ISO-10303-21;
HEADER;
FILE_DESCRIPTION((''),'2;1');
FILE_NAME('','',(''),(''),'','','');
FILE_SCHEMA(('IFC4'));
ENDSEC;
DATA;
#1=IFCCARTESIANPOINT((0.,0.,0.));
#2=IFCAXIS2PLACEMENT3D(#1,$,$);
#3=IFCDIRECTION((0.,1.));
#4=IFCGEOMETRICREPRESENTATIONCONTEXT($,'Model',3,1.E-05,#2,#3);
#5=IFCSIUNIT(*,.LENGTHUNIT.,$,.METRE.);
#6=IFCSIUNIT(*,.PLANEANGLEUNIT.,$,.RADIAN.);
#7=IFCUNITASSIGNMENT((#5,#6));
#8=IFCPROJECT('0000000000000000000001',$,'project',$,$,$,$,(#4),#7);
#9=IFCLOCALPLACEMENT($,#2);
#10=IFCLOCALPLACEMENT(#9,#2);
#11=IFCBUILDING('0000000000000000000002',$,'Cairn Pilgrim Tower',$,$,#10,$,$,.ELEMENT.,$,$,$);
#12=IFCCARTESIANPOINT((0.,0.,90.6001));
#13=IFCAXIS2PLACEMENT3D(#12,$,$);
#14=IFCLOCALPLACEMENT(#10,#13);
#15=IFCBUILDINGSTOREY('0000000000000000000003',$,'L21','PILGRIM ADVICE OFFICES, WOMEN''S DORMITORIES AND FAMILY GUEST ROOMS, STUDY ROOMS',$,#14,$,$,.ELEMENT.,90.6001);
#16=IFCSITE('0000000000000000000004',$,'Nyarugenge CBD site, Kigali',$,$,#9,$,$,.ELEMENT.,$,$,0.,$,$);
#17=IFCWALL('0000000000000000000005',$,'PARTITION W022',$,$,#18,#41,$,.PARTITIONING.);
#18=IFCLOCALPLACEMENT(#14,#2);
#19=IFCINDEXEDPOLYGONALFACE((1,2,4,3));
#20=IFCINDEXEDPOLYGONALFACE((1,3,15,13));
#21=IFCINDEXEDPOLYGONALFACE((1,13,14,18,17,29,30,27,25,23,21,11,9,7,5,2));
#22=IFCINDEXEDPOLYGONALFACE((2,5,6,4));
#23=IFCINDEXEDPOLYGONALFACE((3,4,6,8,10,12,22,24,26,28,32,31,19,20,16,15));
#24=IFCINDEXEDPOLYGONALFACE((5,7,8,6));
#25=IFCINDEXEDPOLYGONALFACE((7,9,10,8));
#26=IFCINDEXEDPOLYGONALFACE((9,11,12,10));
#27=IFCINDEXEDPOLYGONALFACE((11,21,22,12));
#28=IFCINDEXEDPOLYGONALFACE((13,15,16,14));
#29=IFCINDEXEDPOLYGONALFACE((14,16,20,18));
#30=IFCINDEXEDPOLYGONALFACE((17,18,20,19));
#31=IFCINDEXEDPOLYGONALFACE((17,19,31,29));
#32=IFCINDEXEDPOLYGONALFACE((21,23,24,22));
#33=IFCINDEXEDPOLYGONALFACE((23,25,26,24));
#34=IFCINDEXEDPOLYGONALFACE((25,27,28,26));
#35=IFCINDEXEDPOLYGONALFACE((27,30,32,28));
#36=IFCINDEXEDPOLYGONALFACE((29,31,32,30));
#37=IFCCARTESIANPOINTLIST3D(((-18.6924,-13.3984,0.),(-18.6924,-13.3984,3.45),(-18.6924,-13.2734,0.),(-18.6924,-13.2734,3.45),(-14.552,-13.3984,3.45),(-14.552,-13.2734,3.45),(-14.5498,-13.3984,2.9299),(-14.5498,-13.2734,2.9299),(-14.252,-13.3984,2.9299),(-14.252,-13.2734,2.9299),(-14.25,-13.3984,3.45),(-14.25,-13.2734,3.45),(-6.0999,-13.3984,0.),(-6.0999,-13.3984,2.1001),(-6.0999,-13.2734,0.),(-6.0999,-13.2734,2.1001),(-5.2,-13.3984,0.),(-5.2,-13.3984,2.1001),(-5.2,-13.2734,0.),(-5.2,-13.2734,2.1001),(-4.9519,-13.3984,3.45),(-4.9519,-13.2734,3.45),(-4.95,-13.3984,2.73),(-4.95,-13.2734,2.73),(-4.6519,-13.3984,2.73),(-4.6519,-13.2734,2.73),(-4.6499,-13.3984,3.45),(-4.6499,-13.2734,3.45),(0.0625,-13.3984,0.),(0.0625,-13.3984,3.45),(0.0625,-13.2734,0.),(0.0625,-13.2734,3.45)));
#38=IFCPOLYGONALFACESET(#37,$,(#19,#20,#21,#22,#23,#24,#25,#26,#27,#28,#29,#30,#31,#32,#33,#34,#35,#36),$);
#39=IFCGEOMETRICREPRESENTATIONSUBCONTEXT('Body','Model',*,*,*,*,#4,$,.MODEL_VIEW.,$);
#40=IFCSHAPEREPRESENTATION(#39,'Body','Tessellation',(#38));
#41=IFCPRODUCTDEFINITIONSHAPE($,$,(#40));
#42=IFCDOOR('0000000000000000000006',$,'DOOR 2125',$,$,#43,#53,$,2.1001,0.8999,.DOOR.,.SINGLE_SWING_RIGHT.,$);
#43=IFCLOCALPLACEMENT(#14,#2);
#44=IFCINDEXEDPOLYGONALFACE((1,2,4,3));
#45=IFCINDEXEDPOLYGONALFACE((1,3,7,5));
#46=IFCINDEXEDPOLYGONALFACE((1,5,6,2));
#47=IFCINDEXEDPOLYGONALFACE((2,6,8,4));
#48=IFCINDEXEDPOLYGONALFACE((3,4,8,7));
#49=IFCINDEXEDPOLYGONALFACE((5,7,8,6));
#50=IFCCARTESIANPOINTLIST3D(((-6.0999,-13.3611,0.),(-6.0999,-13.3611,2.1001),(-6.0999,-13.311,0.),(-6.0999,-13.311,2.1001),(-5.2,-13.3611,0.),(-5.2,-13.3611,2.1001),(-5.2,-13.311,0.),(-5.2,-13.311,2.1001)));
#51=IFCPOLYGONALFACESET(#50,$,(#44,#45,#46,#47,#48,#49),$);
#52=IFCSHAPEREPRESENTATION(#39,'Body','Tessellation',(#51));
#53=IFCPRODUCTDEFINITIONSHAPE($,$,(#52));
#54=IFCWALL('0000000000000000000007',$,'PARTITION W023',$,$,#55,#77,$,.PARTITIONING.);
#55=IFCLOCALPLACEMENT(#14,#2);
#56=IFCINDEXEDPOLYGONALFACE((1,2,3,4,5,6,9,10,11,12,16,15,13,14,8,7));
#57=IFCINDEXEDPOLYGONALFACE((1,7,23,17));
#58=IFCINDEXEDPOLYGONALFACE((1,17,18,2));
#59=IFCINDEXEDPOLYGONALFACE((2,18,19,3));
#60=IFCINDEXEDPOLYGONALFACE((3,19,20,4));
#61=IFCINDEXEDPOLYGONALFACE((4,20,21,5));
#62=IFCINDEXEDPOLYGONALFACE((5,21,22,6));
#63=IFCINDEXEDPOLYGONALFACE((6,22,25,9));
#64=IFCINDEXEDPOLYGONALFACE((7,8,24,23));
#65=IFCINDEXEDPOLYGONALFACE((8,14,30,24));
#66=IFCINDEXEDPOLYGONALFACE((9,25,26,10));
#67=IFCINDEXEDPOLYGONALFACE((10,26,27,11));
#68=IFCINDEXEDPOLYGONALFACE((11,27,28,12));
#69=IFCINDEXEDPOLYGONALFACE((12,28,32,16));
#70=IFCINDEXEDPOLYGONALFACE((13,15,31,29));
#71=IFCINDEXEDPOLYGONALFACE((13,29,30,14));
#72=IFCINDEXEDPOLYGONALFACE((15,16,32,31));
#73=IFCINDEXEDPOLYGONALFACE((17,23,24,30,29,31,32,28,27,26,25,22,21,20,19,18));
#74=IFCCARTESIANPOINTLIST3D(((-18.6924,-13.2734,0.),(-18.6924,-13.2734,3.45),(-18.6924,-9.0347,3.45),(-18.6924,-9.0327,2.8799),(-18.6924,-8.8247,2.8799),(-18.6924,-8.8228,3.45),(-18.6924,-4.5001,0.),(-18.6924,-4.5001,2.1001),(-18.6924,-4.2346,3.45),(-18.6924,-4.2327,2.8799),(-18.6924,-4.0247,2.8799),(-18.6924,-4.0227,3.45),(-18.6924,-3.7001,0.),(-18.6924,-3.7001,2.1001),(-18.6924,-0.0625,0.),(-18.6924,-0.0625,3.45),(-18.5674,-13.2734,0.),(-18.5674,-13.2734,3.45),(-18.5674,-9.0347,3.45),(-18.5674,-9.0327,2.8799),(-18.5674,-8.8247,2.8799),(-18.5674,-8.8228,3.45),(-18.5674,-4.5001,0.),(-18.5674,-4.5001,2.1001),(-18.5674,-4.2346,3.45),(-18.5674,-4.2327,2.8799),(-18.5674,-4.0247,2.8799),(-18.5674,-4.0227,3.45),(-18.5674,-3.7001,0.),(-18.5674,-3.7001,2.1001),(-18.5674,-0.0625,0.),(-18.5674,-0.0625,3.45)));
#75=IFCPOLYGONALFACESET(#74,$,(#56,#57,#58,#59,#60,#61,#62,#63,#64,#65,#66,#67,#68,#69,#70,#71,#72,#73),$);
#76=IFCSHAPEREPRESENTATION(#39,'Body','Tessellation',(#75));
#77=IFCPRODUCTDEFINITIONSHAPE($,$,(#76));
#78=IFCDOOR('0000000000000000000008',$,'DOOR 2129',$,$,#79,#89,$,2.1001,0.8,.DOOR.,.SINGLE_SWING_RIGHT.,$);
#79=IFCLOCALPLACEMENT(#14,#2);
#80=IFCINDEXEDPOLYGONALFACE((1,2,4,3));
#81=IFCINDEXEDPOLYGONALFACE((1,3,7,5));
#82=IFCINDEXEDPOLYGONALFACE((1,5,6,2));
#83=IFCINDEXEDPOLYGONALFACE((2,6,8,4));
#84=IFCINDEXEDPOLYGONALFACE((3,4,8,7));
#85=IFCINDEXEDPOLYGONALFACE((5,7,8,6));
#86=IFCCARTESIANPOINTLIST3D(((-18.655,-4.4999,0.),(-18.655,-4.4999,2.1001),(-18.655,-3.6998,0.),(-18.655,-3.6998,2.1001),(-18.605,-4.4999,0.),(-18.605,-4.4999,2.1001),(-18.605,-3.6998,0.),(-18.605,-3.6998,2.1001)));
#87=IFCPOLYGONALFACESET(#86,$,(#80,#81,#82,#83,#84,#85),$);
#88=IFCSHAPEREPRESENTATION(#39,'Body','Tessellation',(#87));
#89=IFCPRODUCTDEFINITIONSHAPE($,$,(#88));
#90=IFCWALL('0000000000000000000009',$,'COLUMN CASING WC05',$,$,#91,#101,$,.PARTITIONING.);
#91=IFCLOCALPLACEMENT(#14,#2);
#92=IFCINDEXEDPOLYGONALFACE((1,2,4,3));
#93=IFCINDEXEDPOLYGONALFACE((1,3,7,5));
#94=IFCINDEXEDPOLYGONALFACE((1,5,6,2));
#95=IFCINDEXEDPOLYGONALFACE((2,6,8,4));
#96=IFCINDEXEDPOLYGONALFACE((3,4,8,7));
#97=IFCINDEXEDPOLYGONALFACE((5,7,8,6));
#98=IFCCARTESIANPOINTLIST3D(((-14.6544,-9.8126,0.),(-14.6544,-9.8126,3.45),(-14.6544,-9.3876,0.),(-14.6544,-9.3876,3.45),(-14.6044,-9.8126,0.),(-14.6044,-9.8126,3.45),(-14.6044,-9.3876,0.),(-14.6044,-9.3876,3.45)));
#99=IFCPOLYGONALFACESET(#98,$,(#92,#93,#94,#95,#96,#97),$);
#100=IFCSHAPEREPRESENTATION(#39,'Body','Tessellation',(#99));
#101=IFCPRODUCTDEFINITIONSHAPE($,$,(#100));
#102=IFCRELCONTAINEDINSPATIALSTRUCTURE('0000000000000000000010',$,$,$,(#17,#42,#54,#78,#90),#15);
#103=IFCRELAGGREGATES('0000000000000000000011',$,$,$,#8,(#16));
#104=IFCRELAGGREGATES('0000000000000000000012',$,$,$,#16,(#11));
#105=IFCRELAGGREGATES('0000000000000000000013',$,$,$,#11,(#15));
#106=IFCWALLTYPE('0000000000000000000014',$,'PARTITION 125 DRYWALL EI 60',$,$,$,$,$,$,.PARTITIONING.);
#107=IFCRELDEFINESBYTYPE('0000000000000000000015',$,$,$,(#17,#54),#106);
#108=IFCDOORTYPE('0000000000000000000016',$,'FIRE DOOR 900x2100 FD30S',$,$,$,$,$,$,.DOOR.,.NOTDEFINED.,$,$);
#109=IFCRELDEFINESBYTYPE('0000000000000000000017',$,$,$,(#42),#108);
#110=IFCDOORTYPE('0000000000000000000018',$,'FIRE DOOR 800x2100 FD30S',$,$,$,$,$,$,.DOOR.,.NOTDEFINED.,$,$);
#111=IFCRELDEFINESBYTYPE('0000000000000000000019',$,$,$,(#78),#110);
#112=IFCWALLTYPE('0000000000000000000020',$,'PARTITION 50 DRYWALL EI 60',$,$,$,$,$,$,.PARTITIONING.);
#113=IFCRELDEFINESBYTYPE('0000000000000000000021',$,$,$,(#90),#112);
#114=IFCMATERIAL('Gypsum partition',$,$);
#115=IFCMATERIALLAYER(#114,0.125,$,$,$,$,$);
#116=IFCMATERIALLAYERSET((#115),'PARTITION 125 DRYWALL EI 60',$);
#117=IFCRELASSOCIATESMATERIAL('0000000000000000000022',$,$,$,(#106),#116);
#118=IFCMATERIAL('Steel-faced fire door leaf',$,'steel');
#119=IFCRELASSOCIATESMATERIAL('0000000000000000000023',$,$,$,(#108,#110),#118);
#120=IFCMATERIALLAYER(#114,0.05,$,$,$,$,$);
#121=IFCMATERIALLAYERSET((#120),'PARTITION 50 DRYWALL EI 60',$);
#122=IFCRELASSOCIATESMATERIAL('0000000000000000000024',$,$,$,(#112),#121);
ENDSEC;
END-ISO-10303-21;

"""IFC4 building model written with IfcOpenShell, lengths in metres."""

from ifc_helpers import new_model, si_unit, direction, frame, frame_2d, origin, place, context, subcontext, project, spatial, polyline, rectangle, outline, extrude, material, layer, layer_set, type_object, element, fill, save


model = new_model("IFC4")

# Units and contexts
model_context = context("Model", 3, precision=1e-05, world=origin(), true_north=direction((0.0, 1.0)))
body_context = subcontext(model_context, "Body", "Model", "MODEL_VIEW")
ifc_project = project(units=[si_unit("LENGTHUNIT", "METRE"), si_unit("PLANEANGLEUNIT", "RADIAN")], contexts=[model_context])

# Site, building, storey
site_placement = place(None, origin())
site = spatial("IfcSite", under=ifc_project, at=site_placement, Name="Nyarugenge CBD site, Kigali", CompositionType="ELEMENT", RefElevation=0.0)
building_placement = place(site_placement, origin())
building = spatial("IfcBuilding", under=site, at=building_placement, Name="Cairn Pilgrim Tower", CompositionType="ELEMENT")
storey_placement = place(building_placement, frame((0.0, 0.0, 90.6001)))
storey = spatial("IfcBuildingStorey", under=building, at=storey_placement, Name="L21", Description="PILGRIM ADVICE OFFICES, WOMEN'S DORMITORIES AND FAMILY GUEST ROOMS, STUDY ROOMS", CompositionType="ELEMENT", Elevation=90.6001)

# Shared definitions
ifc_material_1 = material(Name="Gypsum partition")
ifc_layer_1 = layer(ifc_material_1, 0.125)
ifc_layer_set_1 = layer_set([ifc_layer_1], Name="PARTITION 125 DRYWALL EI 60")
wall_type_1 = type_object("IfcWallType", Name="PARTITION 125 DRYWALL EI 60", PredefinedType="PARTITIONING", material=ifc_layer_set_1)
ifc_material_2 = material(Name="Steel-faced fire door leaf", Category="steel")
door_type_1 = type_object("IfcDoorType", Name="FIRE DOOR 900x2100 FD30S", OperationType="NOTDEFINED", PredefinedType="DOOR", material=ifc_material_2)

# Walls, openings, doors
wall_1_placement = place(storey_placement, frame((-18.6924, -13.3359, 0.0), z_axis=(0.0, 0.0, 1.0), x_axis=(1.0, 0.0, 0.0)))
wall_1 = element("IfcWall", 1, at=wall_1_placement, inside=storey, type_object=wall_type_1, Name="PARTITION W022", PredefinedType="PARTITIONING", context=body_context, shape_type="SweptSolid", body=[
    extrude(outline(polyline([(0.0, 0.0), (18.7549, 0.0), (18.7549, 3.45), (14.0425, 3.45), (14.0405, 2.73), (13.7424, 2.73), (13.7405, 3.45), (4.4424, 3.45), (4.4404, 2.9299), (4.1426, 2.9299), (4.1404, 3.45), (0.0, 3.45), (0.0, 0.0)])), frame((0.0, 0.0625, 0.0), z_axis=(0.0, -1.0, 0.0), x_axis=(1.0, 0.0, 0.0)), (0.0, 0.0, 1.0), 0.125),
])
opening_1_placement = place(wall_1_placement, frame((12.5925, 0.0, 0.0)))
opening_1 = element("IfcOpeningElement", 2, at=opening_1_placement, cuts=wall_1, PredefinedType="OPENING", context=body_context, shape_type="SweptSolid", body=[
    extrude(rectangle(XDim=0.8999, YDim=2.1001, at=frame_2d((0.45, 1.05))), frame((0.0, 0.0725, 0.0), z_axis=(0.0, -1.0, 0.0), x_axis=(1.0, 0.0, 0.0)), (0.0, 0.0, 1.0), 0.145),
])
door_1_placement = place(opening_1_placement, origin())
door_1 = element("IfcDoor", 3, at=door_1_placement, inside=storey, type_object=door_type_1, Name="DOOR 2125", OperationType="SINGLE_SWING_RIGHT", OverallHeight=2.1001, OverallWidth=0.8999, PredefinedType="DOOR", context=body_context, shape_type="SweptSolid", body=[
    extrude(rectangle(XDim=0.8999, YDim=2.1001, at=frame_2d((0.45, 1.05))), frame((0.0, 0.0249, 0.0), z_axis=(0.0, -1.0, 0.0), x_axis=(1.0, 0.0, 0.0)), (0.0, 0.0, 1.0), 0.05),
])
fill(opening_1, door_1)
wall_2_placement = place(storey_placement, frame((-18.6299, -13.2734, 0.0), z_axis=(0.0, 0.0, 1.0), x_axis=(0.0, 1.0, 0.0)))
wall_2 = element("IfcWall", 4, at=wall_2_placement, inside=storey, type_object=wall_type_1, Name="PARTITION W023", PredefinedType="PARTITIONING", context=body_context, shape_type="SweptSolid", body=[
    extrude(outline(polyline([(0.0, 0.0), (13.2109, 0.0), (13.2109, 3.45), (9.2507, 3.45), (9.2488, 2.8799), (9.0408, 2.8799), (9.0388, 3.45), (4.4507, 3.45), (4.4487, 2.8799), (4.2407, 2.8799), (4.2388, 3.45), (0.0, 3.45), (0.0, 0.0)])), frame((0.0, 0.0625, 0.0), z_axis=(0.0, -1.0, 0.0), x_axis=(1.0, 0.0, 0.0)), (0.0, 0.0, 1.0), 0.125),
])
opening_2_placement = place(wall_2_placement, frame((8.7734, 0.0, 0.0)))
opening_2 = element("IfcOpeningElement", 5, at=opening_2_placement, cuts=wall_2, PredefinedType="OPENING", context=body_context, shape_type="SweptSolid", body=[
    extrude(rectangle(XDim=0.8, YDim=2.1001, at=frame_2d((0.3999, 1.05))), frame((0.0, 0.0725, 0.0), z_axis=(0.0, -1.0, 0.0), x_axis=(1.0, 0.0, 0.0)), (0.0, 0.0, 1.0), 0.145),
])
door_type_2 = type_object("IfcDoorType", Name="FIRE DOOR 800x2100 FD30S", OperationType="NOTDEFINED", PredefinedType="DOOR", material=ifc_material_2)
door_2_placement = place(opening_2_placement, frame((0.8, 0.0, 0.0), z_axis=(0.0, 0.0, 1.0), x_axis=(-1.0, 0.0, 0.0)))
door_2 = element("IfcDoor", 6, at=door_2_placement, inside=storey, type_object=door_type_2, Name="DOOR 2129", OperationType="SINGLE_SWING_RIGHT", OverallHeight=2.1001, OverallWidth=0.8, PredefinedType="DOOR", context=body_context, shape_type="SweptSolid", body=[
    extrude(rectangle(XDim=0.8, YDim=2.1001, at=frame_2d((0.3999, 1.05))), frame((0.0, 0.0249, 0.0), z_axis=(0.0, -1.0, 0.0), x_axis=(1.0, 0.0, 0.0)), (0.0, 0.0, 1.0), 0.05),
])
fill(opening_2, door_2)

# Wall
ifc_layer_2 = layer(ifc_material_1, 0.05)
ifc_layer_set_2 = layer_set([ifc_layer_2], Name="PARTITION 50 DRYWALL EI 60")
wall_type_2 = type_object("IfcWallType", Name="PARTITION 50 DRYWALL EI 60", PredefinedType="PARTITIONING", material=ifc_layer_set_2)
wall_3_placement = place(storey_placement, frame((-14.6294, -9.8125, 0.0), z_axis=(0.0, 0.0, 1.0), x_axis=(0.0, 1.0, 0.0)))
element("IfcWall", 7, at=wall_3_placement, inside=storey, type_object=wall_type_2, Name="COLUMN CASING WC05", PredefinedType="PARTITIONING", context=body_context, shape_type="SweptSolid", body=[
    extrude(rectangle(XDim=0.425, YDim=0.05, at=frame_2d((0.2124, 0.0))), origin(), (0.0, 0.0, 1.0), 3.45),
])

save(model, "model.ifc")
